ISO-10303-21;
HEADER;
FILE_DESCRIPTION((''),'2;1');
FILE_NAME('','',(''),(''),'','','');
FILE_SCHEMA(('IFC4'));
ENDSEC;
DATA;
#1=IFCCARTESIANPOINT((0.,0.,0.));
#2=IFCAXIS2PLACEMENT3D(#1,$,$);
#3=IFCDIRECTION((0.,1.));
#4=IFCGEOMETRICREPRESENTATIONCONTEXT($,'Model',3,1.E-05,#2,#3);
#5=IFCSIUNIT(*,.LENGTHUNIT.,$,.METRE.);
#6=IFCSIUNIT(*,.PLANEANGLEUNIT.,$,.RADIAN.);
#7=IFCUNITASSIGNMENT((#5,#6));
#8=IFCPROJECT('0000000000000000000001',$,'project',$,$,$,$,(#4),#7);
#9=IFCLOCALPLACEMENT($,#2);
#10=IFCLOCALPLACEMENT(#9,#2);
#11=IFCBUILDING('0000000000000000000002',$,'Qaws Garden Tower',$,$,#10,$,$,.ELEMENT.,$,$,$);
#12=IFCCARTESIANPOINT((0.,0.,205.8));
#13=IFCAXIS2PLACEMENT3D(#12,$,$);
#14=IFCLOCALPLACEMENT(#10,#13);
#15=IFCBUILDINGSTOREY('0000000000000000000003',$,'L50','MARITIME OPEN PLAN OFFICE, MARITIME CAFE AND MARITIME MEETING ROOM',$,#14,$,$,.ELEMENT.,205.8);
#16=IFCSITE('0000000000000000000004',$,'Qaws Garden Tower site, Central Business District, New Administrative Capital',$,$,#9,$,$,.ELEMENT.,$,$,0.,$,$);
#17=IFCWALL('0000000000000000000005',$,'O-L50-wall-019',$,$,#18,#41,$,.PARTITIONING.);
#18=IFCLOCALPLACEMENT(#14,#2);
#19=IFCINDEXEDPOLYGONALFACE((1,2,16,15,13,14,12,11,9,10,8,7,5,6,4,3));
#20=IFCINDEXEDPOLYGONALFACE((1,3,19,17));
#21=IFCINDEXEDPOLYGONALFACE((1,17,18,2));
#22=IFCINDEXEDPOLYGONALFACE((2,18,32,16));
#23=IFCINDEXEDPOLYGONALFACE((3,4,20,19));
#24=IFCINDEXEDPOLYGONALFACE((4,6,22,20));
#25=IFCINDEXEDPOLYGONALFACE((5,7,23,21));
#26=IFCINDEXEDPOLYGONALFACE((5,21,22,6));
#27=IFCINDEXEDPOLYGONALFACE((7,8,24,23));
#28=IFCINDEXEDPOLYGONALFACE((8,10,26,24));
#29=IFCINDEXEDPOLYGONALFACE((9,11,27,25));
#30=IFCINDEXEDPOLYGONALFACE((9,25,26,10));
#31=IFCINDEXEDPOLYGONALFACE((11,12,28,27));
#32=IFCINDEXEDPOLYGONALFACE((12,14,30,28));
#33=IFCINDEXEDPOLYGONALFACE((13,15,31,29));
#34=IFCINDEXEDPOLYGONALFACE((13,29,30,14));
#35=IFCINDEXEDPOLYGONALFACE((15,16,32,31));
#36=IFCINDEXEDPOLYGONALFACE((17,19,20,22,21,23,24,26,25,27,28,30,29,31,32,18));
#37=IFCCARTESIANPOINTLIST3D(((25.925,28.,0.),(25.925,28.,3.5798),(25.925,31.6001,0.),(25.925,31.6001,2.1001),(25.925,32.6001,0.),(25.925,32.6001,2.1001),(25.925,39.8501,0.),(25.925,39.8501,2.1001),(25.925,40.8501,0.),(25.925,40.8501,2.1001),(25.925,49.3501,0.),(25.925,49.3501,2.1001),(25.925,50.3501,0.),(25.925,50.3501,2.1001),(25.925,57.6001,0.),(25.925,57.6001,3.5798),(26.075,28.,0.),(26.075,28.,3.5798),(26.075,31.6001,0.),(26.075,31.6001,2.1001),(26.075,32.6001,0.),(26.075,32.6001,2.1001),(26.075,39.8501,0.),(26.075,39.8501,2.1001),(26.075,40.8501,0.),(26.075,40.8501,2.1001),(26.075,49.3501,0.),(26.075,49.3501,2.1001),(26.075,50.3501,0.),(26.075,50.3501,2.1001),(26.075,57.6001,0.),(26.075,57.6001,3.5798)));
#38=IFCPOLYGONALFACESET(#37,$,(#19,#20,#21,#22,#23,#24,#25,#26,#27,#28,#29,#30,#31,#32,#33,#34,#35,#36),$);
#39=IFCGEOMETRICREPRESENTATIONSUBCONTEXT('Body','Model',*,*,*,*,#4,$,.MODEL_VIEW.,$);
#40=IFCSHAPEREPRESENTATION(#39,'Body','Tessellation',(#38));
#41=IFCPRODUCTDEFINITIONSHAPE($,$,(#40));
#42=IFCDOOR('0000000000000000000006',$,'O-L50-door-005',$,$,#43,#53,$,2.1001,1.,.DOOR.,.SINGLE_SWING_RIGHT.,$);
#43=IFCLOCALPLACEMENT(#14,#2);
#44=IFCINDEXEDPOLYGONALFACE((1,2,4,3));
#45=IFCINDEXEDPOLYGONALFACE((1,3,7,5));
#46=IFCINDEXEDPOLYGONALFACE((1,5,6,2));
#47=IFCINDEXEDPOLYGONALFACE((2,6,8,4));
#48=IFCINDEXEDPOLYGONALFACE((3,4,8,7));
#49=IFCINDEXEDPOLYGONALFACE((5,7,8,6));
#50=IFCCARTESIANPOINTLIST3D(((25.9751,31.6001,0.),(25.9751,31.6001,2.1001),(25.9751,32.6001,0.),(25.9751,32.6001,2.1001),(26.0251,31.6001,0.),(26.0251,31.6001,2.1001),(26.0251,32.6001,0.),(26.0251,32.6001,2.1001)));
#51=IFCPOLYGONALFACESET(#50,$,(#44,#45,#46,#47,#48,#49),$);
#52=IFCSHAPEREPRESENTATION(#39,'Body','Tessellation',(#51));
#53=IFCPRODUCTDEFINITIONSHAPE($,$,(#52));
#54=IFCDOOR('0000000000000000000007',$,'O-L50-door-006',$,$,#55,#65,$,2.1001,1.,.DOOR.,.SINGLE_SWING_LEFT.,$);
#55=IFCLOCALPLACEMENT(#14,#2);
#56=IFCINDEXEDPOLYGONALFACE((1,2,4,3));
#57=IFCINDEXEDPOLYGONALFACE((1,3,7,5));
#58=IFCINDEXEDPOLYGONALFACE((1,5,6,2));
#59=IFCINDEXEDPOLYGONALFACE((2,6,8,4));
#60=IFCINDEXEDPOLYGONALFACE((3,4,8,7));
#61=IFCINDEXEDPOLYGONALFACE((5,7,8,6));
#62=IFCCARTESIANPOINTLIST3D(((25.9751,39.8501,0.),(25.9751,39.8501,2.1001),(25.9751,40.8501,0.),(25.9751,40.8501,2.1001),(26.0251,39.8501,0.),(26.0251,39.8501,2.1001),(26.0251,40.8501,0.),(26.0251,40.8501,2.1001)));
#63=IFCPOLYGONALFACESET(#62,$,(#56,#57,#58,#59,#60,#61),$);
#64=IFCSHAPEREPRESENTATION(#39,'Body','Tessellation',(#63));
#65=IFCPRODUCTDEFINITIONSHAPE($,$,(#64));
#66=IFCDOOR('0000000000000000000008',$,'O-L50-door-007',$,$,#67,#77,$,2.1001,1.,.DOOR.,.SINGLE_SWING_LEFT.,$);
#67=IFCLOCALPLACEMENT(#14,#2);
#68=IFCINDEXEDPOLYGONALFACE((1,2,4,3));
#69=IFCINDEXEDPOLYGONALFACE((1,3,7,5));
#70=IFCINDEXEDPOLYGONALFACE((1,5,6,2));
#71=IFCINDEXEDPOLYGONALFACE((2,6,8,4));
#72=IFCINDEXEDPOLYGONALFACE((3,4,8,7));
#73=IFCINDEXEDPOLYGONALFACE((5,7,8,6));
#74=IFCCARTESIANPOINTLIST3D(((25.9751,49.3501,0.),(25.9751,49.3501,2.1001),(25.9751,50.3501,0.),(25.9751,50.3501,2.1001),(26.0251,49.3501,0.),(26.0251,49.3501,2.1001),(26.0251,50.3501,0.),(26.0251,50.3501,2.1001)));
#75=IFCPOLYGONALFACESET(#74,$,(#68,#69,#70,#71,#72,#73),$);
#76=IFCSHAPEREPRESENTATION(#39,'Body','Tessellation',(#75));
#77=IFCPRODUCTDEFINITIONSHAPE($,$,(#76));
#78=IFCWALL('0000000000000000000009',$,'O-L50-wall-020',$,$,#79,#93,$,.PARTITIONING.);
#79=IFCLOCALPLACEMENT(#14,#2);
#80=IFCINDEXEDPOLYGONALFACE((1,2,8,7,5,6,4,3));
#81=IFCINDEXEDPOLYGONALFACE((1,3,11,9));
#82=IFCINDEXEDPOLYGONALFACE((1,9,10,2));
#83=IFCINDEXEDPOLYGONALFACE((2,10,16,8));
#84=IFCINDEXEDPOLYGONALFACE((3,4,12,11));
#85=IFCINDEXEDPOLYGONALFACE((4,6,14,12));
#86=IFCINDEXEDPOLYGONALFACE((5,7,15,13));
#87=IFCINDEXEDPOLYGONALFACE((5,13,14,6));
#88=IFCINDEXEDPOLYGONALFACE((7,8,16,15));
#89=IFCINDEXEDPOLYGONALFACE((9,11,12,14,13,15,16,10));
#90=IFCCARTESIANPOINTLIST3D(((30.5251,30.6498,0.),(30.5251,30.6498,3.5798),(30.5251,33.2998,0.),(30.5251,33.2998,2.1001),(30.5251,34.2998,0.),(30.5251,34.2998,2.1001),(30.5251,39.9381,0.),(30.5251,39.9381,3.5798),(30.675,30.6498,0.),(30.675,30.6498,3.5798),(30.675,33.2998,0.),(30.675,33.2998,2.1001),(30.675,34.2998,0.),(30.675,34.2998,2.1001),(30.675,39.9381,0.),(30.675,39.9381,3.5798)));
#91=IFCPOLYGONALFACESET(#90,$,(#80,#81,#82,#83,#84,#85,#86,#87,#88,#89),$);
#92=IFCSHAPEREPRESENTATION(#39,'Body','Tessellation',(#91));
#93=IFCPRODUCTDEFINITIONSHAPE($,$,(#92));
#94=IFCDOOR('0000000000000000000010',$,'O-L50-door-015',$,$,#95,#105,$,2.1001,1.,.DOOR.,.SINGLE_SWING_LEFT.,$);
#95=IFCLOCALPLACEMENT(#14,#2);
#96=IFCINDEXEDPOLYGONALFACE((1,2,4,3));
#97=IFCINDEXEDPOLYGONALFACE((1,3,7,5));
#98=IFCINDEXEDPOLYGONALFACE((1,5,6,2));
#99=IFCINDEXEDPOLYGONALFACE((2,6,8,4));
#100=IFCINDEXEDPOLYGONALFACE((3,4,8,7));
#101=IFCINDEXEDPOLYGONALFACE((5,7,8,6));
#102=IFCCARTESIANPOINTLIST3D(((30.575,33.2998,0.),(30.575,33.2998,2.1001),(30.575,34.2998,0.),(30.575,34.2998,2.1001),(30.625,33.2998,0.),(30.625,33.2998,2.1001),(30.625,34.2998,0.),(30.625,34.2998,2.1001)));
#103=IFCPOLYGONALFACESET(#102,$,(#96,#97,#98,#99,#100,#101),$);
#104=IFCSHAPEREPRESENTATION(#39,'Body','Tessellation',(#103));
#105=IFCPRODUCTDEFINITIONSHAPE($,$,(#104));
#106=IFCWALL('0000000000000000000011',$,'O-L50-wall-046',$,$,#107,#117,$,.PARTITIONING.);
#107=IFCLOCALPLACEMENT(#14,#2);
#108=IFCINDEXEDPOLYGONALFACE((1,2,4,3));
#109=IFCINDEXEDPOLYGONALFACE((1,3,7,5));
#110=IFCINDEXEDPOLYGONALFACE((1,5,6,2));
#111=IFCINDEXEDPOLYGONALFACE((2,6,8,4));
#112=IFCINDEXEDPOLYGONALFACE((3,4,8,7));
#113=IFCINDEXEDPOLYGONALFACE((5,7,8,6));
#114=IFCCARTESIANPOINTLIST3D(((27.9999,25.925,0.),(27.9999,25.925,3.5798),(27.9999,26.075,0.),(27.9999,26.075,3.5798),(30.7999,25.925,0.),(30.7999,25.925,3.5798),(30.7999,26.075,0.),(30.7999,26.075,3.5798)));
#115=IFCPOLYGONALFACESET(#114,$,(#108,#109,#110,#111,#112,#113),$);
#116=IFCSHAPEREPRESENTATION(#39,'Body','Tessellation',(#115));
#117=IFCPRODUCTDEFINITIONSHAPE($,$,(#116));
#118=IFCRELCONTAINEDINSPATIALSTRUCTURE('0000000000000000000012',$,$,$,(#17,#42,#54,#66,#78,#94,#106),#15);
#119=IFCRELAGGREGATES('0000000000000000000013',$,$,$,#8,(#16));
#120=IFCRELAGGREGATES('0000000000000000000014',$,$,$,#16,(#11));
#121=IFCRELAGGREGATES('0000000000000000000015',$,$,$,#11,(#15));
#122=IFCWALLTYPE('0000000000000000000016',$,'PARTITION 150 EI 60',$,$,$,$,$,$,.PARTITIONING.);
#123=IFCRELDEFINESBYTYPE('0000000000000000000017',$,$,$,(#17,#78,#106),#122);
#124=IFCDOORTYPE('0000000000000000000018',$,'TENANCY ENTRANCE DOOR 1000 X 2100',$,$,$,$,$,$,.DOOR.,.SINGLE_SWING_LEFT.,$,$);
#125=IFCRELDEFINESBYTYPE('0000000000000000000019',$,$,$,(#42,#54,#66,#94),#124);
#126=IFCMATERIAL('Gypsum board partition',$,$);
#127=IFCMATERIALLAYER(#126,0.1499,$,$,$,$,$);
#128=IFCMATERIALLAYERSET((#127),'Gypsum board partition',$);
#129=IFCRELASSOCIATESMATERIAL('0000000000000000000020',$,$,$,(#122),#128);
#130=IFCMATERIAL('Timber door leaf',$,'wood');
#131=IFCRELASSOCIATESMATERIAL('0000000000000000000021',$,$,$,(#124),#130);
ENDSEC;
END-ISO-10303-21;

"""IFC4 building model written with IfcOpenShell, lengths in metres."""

from ifc_helpers import new_model, si_unit, direction, frame, frame_2d, origin, place, context, subcontext, project, spatial, rectangle, extrude, material, layer, layer_set, type_object, element, fill, save


model = new_model("IFC4")

# Units and contexts
model_context = context("Model", 3, precision=1e-05, world=origin(), true_north=direction((0.0, 1.0)))
body_context = subcontext(model_context, "Body", "Model", "MODEL_VIEW")
ifc_project = project(units=[si_unit("LENGTHUNIT", "METRE"), si_unit("PLANEANGLEUNIT", "RADIAN")], contexts=[model_context])

# Site, building, storey
site_placement = place(None, origin())
site = spatial("IfcSite", under=ifc_project, at=site_placement, Name="Qaws Garden Tower site, Central Business District, New Administrative Capital", CompositionType="ELEMENT", RefElevation=0.0)
building_placement = place(site_placement, origin())
building = spatial("IfcBuilding", under=site, at=building_placement, Name="Qaws Garden Tower", CompositionType="ELEMENT")
storey_placement = place(building_placement, frame((0.0, 0.0, 205.8)))
storey = spatial("IfcBuildingStorey", under=building, at=storey_placement, Name="L50", Description="MARITIME OPEN PLAN OFFICE, MARITIME CAFE AND MARITIME MEETING ROOM", CompositionType="ELEMENT", Elevation=205.8)

# Shared definitions
ifc_material_1 = material(Name="Gypsum board partition")
ifc_layer_1 = layer(ifc_material_1, 0.1499)
ifc_layer_set_1 = layer_set([ifc_layer_1], Name="Gypsum board partition")
wall_type_1 = type_object("IfcWallType", Name="PARTITION 150 EI 60", PredefinedType="PARTITIONING", material=ifc_layer_set_1)

# Wall, openings, doors
wall_1_placement = place(storey_placement, frame((26.0, 28.0, 0.0), z_axis=(0.0, 0.0, 1.0), x_axis=(0.0, 1.0, 0.0)))
wall_1 = element("IfcWall", 1, at=wall_1_placement, inside=storey, type_object=wall_type_1, Name="O-L50-wall-019", PredefinedType="PARTITIONING", context=body_context, shape_type="SweptSolid", body=[
    extrude(rectangle(XDim=29.6001, YDim=0.1499, at=frame_2d((14.8, 0.0))), origin(), (0.0, 0.0, 1.0), 3.5798),
])
opening_1_placement = place(wall_1_placement, frame((3.6001, 0.0, 0.0)))
opening_1 = element("IfcOpeningElement", 2, at=opening_1_placement, cuts=wall_1, PredefinedType="OPENING", context=body_context, shape_type="SweptSolid", body=[
    extrude(rectangle(XDim=1.0, YDim=2.1001, at=frame_2d((0.5, 1.05))), frame((0.0, 0.085, 0.0), z_axis=(0.0, -1.0, 0.0), x_axis=(1.0, 0.0, 0.0)), (0.0, 0.0, 1.0), 0.1699),
])
opening_2_placement = place(wall_1_placement, frame((11.8501, 0.0, 0.0)))
opening_2 = element("IfcOpeningElement", 3, at=opening_2_placement, cuts=wall_1, PredefinedType="OPENING", context=body_context, shape_type="SweptSolid", body=[
    extrude(rectangle(XDim=1.0, YDim=2.1001, at=frame_2d((0.5, 1.05))), frame((0.0, 0.085, 0.0), z_axis=(0.0, -1.0, 0.0), x_axis=(1.0, 0.0, 0.0)), (0.0, 0.0, 1.0), 0.1699),
])
opening_3_placement = place(wall_1_placement, frame((21.3501, 0.0, 0.0)))
opening_3 = element("IfcOpeningElement", 4, at=opening_3_placement, cuts=wall_1, PredefinedType="OPENING", context=body_context, shape_type="SweptSolid", body=[
    extrude(rectangle(XDim=1.0, YDim=2.1001, at=frame_2d((0.5, 1.05))), frame((0.0, 0.085, 0.0), z_axis=(0.0, -1.0, 0.0), x_axis=(1.0, 0.0, 0.0)), (0.0, 0.0, 1.0), 0.1699),
])
ifc_material_2 = material(Name="Timber door leaf", Category="wood")
door_type_1 = type_object("IfcDoorType", Name="TENANCY ENTRANCE DOOR 1000 X 2100", OperationType="SINGLE_SWING_LEFT", PredefinedType="DOOR", material=ifc_material_2)
door_1_placement = place(opening_1_placement, origin())
door_1 = element("IfcDoor", 5, at=door_1_placement, inside=storey, type_object=door_type_1, Name="O-L50-door-005", OperationType="SINGLE_SWING_RIGHT", OverallHeight=2.1001, OverallWidth=1.0, PredefinedType="DOOR", context=body_context, shape_type="SweptSolid", body=[
    extrude(rectangle(XDim=1.0, YDim=2.1001, at=frame_2d((0.5, 1.05))), frame((0.0, 0.0249, 0.0), z_axis=(0.0, -1.0, 0.0), x_axis=(1.0, 0.0, 0.0)), (0.0, 0.0, 1.0), 0.05),
])
fill(opening_1, door_1)
door_2_placement = place(opening_2_placement, origin())
door_2 = element("IfcDoor", 6, at=door_2_placement, inside=storey, type_object=door_type_1, Name="O-L50-door-006", OperationType="SINGLE_SWING_LEFT", OverallHeight=2.1001, OverallWidth=1.0, PredefinedType="DOOR", context=body_context, shape_type="SweptSolid", body=[
    extrude(rectangle(XDim=1.0, YDim=2.1001, at=frame_2d((0.5, 1.05))), frame((0.0, 0.0249, 0.0), z_axis=(0.0, -1.0, 0.0), x_axis=(1.0, 0.0, 0.0)), (0.0, 0.0, 1.0), 0.05),
])
fill(opening_2, door_2)
door_3_placement = place(opening_3_placement, origin())
door_3 = element("IfcDoor", 7, at=door_3_placement, inside=storey, type_object=door_type_1, Name="O-L50-door-007", OperationType="SINGLE_SWING_LEFT", OverallHeight=2.1001, OverallWidth=1.0, PredefinedType="DOOR", context=body_context, shape_type="SweptSolid", body=[
    extrude(rectangle(XDim=1.0, YDim=2.1001, at=frame_2d((0.5, 1.05))), frame((0.0, 0.0249, 0.0), z_axis=(0.0, -1.0, 0.0), x_axis=(1.0, 0.0, 0.0)), (0.0, 0.0, 1.0), 0.05),
])
fill(opening_3, door_3)

# Wall, opening, door
wall_2_placement = place(storey_placement, frame((30.6001, 30.6499, 0.0), z_axis=(0.0, 0.0, 1.0), x_axis=(0.0, 1.0, 0.0)))
wall_2 = element("IfcWall", 8, at=wall_2_placement, inside=storey, type_object=wall_type_1, Name="O-L50-wall-020", PredefinedType="PARTITIONING", context=body_context, shape_type="SweptSolid", body=[
    extrude(rectangle(XDim=9.2883, YDim=0.1499, at=frame_2d((4.644, 0.0))), origin(), (0.0, 0.0, 1.0), 3.5798),
])
opening_4_placement = place(wall_2_placement, frame((2.6499, 0.0, 0.0)))
opening_4 = element("IfcOpeningElement", 9, at=opening_4_placement, cuts=wall_2, PredefinedType="OPENING", context=body_context, shape_type="SweptSolid", body=[
    extrude(rectangle(XDim=1.0, YDim=2.1001, at=frame_2d((0.5, 1.05))), frame((0.0, 0.085, 0.0), z_axis=(0.0, -1.0, 0.0), x_axis=(1.0, 0.0, 0.0)), (0.0, 0.0, 1.0), 0.1699),
])
door_4_placement = place(opening_4_placement, frame((1.0, 0.0, 0.0), z_axis=(0.0, 0.0, 1.0), x_axis=(-1.0, 0.0, 0.0)))
door_4 = element("IfcDoor", 10, at=door_4_placement, inside=storey, type_object=door_type_1, Name="O-L50-door-015", OperationType="SINGLE_SWING_LEFT", OverallHeight=2.1001, OverallWidth=1.0, PredefinedType="DOOR", context=body_context, shape_type="SweptSolid", body=[
    extrude(rectangle(XDim=1.0, YDim=2.1001, at=frame_2d((0.5, 1.05))), frame((0.0, 0.0249, 0.0), z_axis=(0.0, -1.0, 0.0), x_axis=(1.0, 0.0, 0.0)), (0.0, 0.0, 1.0), 0.05),
])
fill(opening_4, door_4)

# Wall
wall_3_placement = place(storey_placement, frame((28.0, 26.0, 0.0), z_axis=(0.0, 0.0, 1.0), x_axis=(1.0, 0.0, 0.0)))
element("IfcWall", 11, at=wall_3_placement, inside=storey, type_object=wall_type_1, Name="O-L50-wall-046", PredefinedType="PARTITIONING", context=body_context, shape_type="SweptSolid", body=[
    extrude(rectangle(XDim=2.8, YDim=0.1499, at=frame_2d((1.3999, 0.0))), origin(), (0.0, 0.0, 1.0), 3.5798),
])

save(model, "model.ifc")
